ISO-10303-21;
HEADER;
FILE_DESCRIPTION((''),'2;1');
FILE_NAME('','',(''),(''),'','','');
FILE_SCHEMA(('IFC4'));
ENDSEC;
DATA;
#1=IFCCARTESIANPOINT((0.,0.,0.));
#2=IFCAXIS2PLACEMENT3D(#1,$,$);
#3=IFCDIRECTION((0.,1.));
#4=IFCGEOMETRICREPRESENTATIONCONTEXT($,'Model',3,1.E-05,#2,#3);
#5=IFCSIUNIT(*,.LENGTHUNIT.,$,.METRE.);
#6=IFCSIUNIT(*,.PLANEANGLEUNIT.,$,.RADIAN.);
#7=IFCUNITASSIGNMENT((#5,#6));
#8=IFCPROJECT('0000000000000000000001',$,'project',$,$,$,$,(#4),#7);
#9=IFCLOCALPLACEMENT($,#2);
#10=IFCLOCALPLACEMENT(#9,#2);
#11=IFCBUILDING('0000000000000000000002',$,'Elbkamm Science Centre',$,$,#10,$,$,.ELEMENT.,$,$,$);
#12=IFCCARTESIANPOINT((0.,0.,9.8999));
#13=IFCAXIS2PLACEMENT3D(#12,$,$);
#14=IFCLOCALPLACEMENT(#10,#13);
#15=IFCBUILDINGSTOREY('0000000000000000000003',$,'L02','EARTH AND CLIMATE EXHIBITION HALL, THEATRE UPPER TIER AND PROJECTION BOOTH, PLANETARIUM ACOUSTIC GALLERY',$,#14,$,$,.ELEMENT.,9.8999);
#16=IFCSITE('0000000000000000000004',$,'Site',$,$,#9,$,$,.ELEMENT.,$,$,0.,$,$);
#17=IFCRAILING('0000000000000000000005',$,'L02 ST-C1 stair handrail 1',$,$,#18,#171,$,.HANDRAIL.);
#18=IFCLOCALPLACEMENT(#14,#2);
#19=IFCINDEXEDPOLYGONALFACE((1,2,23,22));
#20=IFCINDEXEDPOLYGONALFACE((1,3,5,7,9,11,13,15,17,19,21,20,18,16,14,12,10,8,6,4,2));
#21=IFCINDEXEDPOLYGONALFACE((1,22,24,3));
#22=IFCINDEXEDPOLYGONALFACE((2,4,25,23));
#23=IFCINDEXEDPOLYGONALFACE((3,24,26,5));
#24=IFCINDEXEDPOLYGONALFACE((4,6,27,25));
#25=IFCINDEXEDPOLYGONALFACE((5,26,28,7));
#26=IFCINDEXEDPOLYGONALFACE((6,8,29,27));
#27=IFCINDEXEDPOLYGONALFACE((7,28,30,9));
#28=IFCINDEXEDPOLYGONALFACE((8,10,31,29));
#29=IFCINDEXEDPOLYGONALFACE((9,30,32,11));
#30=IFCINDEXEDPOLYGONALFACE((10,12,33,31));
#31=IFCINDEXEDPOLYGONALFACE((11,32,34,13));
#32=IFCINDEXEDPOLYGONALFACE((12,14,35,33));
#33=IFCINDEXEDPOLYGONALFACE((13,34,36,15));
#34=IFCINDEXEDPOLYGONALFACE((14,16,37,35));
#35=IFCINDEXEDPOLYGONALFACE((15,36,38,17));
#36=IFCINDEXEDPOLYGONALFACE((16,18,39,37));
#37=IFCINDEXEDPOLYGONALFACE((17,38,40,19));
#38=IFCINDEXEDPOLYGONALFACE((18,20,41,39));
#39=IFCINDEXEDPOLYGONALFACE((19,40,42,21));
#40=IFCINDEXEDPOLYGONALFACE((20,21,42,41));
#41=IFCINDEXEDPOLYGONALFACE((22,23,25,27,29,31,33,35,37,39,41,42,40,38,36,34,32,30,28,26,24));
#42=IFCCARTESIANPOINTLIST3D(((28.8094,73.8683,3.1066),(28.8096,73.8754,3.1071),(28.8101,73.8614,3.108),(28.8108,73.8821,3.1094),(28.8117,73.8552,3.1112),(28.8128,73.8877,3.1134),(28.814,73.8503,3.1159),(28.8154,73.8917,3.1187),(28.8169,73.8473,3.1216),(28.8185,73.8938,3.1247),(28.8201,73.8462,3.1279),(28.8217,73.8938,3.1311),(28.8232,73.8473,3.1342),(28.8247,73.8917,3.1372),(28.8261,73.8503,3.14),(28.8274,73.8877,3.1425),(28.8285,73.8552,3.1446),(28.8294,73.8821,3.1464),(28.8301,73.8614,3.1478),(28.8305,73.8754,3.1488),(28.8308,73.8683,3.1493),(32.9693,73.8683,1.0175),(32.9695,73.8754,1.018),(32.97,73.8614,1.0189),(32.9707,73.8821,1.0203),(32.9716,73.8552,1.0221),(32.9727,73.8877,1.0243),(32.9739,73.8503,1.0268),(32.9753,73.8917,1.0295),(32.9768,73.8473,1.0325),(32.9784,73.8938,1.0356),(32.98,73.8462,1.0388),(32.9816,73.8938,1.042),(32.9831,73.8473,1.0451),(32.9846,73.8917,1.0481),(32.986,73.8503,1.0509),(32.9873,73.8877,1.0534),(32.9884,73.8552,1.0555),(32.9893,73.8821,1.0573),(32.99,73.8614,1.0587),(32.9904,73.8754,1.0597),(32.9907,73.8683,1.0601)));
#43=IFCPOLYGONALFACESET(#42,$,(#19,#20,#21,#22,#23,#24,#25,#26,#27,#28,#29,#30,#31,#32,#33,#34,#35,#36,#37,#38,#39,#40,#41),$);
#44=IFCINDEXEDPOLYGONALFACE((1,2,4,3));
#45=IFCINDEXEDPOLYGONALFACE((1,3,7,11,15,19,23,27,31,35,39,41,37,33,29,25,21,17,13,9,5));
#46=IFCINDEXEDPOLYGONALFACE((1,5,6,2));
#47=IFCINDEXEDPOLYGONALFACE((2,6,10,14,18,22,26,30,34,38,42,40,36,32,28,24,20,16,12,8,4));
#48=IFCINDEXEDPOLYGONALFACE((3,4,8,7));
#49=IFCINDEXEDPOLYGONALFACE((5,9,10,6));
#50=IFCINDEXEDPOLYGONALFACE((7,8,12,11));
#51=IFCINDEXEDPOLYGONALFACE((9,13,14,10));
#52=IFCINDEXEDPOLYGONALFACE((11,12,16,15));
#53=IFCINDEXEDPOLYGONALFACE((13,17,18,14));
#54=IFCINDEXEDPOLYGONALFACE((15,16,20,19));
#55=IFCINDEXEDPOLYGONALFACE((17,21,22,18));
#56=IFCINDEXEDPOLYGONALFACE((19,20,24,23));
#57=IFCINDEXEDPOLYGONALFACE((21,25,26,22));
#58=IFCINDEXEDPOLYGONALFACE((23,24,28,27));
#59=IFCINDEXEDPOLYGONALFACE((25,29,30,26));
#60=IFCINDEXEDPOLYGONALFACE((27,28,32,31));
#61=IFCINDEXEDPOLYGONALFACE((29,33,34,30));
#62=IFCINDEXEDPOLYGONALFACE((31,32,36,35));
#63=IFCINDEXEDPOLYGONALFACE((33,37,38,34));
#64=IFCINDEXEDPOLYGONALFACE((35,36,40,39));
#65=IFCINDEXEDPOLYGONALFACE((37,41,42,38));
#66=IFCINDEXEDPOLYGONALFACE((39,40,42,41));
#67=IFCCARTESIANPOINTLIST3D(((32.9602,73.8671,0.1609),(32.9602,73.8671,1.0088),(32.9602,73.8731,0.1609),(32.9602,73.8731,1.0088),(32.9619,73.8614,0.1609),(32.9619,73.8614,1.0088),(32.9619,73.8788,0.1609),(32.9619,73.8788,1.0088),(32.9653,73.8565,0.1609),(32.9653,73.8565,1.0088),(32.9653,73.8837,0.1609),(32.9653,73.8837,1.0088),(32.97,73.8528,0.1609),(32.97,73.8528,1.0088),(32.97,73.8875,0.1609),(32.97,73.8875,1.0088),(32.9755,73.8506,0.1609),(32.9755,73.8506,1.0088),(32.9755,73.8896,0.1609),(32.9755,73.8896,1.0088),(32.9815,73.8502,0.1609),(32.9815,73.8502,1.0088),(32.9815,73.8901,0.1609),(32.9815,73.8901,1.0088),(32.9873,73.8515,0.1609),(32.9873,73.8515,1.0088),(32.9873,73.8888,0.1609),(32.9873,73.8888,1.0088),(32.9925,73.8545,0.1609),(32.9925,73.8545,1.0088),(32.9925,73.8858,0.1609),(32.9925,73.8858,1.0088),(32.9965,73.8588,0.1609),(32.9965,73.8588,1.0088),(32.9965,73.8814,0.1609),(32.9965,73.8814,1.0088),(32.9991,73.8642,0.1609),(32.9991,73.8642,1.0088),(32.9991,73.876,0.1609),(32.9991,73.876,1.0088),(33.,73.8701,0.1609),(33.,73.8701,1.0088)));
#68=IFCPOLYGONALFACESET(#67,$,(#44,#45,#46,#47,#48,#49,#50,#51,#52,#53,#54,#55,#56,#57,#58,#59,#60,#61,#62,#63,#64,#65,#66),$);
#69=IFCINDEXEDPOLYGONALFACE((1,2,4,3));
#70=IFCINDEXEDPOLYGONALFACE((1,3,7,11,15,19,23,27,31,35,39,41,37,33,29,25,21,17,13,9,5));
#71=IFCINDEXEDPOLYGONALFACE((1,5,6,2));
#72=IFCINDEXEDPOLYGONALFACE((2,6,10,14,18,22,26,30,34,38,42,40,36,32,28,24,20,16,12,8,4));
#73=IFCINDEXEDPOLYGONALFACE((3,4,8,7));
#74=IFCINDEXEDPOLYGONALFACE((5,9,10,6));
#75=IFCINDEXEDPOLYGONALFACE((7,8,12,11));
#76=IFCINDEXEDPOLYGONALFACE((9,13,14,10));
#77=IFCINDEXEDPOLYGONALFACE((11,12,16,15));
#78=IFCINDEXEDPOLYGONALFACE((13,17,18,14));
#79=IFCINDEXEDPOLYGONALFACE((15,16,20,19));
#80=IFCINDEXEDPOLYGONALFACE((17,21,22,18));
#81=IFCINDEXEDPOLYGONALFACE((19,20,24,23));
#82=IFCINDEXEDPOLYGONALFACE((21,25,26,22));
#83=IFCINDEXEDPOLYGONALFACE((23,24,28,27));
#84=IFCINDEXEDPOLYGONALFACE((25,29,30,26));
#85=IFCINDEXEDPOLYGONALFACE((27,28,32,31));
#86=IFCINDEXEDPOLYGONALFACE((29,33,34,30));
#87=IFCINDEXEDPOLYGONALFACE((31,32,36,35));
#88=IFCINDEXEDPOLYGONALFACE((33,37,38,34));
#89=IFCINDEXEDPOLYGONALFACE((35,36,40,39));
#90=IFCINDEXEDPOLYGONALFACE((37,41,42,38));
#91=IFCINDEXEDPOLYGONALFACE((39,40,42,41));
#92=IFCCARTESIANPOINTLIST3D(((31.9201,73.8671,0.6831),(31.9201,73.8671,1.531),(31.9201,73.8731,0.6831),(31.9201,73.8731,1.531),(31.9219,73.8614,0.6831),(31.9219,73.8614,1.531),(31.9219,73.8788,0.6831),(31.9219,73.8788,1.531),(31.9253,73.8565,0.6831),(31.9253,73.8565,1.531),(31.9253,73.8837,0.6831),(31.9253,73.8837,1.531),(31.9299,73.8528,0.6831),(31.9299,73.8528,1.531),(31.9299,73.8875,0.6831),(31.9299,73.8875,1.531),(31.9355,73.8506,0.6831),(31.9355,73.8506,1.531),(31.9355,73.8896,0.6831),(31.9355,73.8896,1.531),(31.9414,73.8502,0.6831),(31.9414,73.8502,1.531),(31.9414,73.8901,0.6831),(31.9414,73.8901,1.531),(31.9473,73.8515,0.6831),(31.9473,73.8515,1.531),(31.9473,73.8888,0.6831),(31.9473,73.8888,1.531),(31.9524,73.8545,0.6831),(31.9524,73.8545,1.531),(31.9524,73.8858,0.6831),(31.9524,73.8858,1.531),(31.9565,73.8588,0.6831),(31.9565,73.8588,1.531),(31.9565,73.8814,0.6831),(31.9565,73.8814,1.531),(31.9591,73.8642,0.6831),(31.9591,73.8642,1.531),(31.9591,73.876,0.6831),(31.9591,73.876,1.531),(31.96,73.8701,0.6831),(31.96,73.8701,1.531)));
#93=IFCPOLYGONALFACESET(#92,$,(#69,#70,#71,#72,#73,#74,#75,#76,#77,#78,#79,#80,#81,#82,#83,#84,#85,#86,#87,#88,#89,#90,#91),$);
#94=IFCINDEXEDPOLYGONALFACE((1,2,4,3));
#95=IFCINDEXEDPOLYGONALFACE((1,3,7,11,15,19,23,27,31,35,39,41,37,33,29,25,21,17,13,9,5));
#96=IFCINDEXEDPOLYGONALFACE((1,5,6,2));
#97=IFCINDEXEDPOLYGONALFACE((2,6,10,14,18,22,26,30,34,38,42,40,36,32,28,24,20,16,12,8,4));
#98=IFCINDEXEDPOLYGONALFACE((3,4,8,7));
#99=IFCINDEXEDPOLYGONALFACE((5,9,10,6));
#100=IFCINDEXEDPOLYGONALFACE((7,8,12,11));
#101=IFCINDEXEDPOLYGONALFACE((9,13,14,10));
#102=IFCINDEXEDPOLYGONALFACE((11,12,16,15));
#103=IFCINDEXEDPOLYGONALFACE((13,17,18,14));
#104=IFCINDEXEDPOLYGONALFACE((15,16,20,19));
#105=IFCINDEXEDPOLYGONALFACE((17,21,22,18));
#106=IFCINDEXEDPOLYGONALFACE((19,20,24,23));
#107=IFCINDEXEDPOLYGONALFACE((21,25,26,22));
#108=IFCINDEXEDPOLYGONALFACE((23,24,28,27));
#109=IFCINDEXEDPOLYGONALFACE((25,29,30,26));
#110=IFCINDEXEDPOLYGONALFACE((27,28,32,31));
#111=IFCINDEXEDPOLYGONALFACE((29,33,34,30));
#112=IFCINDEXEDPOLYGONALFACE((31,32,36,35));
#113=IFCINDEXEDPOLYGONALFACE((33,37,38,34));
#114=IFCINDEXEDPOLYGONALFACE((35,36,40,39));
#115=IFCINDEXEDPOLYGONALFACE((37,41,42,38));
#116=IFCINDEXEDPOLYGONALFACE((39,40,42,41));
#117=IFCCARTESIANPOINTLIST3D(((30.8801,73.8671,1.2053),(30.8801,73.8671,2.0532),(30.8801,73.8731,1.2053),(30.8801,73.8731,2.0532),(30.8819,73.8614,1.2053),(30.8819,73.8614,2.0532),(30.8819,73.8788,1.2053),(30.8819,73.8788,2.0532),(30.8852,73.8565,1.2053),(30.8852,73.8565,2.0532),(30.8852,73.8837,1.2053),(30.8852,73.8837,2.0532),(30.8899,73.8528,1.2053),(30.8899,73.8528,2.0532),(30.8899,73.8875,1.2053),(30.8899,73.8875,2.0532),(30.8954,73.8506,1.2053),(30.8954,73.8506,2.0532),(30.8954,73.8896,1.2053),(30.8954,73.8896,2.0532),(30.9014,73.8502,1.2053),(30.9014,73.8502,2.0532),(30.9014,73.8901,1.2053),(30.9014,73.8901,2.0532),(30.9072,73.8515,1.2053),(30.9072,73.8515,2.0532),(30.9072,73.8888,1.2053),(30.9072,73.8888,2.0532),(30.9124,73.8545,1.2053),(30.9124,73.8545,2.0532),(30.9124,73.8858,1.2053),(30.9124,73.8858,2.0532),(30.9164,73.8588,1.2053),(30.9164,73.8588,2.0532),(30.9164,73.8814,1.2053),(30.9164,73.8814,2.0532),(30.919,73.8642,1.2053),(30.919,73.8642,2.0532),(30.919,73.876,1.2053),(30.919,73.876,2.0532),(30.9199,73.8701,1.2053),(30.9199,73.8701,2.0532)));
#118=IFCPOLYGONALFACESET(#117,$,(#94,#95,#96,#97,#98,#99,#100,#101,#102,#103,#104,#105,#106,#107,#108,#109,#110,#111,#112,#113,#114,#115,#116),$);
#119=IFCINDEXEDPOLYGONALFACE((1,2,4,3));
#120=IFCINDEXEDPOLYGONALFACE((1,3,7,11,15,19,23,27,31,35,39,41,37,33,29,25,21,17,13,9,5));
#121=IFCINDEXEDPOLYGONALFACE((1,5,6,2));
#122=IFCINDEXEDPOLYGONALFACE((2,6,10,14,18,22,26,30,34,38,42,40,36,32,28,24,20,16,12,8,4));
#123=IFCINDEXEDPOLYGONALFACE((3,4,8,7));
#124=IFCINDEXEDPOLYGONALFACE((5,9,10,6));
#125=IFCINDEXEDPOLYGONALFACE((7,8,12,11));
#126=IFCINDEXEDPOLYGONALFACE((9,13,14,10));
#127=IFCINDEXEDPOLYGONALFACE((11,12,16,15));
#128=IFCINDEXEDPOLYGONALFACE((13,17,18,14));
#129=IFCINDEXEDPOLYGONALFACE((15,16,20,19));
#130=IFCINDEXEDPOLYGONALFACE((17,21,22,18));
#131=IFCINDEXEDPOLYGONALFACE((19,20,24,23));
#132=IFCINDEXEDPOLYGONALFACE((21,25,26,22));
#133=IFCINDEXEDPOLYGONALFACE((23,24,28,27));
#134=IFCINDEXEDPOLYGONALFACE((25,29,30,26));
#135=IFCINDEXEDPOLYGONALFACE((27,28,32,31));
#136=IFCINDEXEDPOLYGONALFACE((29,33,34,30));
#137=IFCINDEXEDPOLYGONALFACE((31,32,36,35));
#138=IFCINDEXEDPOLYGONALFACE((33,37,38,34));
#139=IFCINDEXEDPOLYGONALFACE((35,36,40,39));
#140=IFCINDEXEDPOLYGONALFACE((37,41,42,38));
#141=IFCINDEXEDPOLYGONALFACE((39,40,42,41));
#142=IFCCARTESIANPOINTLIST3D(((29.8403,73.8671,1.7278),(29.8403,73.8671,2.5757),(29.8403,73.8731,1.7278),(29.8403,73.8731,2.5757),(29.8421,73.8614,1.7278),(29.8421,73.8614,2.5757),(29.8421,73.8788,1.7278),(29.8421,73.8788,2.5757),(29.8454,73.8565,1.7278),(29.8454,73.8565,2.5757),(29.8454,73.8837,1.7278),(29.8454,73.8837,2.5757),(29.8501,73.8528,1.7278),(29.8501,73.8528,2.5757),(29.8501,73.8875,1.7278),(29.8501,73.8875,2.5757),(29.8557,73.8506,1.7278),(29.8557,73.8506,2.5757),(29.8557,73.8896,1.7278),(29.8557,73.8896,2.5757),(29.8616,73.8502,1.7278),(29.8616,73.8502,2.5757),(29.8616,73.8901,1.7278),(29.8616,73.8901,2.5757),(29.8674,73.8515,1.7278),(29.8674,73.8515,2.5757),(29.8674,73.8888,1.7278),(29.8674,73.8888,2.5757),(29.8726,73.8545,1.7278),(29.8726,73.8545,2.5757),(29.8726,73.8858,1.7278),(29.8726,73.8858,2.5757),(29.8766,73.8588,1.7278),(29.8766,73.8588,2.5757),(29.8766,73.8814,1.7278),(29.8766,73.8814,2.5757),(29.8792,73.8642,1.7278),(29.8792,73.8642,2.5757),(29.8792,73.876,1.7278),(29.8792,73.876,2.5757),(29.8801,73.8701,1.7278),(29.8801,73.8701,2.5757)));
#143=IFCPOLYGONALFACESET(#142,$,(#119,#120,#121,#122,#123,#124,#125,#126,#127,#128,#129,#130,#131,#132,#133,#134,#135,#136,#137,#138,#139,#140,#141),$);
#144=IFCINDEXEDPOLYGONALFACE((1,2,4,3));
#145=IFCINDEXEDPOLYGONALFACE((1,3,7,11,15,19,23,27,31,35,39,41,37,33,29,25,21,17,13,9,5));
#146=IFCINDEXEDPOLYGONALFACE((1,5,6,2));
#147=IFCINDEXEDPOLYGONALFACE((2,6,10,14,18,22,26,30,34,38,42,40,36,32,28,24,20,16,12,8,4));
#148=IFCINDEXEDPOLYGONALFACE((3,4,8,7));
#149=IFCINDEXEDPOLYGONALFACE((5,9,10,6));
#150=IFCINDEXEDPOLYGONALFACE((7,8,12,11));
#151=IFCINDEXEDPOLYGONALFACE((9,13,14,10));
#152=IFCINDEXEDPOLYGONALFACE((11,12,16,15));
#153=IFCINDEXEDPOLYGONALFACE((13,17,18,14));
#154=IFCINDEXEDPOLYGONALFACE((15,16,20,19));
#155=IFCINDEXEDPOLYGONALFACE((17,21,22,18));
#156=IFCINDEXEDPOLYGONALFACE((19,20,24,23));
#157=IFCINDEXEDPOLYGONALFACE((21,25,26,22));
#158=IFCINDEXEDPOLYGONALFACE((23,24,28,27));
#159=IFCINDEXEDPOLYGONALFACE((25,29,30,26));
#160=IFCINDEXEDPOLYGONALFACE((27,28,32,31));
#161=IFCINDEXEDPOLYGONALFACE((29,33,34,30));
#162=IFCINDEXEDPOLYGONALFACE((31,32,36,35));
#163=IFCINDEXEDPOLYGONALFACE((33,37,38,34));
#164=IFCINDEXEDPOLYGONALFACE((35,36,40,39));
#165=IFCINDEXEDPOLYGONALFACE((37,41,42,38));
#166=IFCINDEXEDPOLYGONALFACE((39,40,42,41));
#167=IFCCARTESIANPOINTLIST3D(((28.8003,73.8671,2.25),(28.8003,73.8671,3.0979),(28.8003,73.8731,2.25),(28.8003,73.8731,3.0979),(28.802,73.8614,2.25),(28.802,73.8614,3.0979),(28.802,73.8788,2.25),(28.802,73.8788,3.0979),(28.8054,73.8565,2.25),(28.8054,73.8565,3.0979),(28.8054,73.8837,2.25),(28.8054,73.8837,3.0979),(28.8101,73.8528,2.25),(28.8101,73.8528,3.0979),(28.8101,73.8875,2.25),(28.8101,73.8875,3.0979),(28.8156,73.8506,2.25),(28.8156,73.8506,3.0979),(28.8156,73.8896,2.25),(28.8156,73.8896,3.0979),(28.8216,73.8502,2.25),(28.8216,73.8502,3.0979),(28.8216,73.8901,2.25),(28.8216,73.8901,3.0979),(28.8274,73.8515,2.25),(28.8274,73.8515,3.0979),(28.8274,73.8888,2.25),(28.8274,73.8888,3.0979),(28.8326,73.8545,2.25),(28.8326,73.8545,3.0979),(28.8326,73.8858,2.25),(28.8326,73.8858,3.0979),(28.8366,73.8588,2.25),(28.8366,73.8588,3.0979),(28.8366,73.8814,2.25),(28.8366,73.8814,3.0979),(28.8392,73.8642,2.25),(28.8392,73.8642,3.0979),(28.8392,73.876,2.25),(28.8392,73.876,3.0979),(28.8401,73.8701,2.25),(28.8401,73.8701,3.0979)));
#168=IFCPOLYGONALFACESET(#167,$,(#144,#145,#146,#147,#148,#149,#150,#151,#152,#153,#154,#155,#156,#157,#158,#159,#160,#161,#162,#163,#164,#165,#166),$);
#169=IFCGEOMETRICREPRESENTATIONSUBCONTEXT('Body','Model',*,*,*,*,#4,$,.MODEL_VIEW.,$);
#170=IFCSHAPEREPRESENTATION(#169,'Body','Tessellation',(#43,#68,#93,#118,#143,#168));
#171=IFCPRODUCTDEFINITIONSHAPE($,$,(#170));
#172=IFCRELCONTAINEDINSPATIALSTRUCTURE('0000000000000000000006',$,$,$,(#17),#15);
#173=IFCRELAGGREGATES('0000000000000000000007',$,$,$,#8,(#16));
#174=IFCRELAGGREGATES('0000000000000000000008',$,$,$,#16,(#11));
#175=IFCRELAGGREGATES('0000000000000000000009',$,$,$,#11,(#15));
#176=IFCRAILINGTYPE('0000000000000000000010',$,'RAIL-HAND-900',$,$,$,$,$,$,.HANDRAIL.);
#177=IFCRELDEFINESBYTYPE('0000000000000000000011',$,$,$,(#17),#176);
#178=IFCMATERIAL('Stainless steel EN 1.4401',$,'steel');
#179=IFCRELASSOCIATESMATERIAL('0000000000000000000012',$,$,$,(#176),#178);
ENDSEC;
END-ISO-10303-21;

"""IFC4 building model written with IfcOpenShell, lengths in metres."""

from ifc_helpers import new_model, si_unit, direction, frame, origin, origin_2d, place, context, subcontext, project, spatial, circle, extrude, material, type_object, element, save


model = new_model("IFC4")

# Units and contexts
model_context = context("Model", 3, precision=1e-05, world=origin(), true_north=direction((0.0, 1.0)))
body_context = subcontext(model_context, "Body", "Model", "MODEL_VIEW")
ifc_project = project(units=[si_unit("LENGTHUNIT", "METRE"), si_unit("PLANEANGLEUNIT", "RADIAN")], contexts=[model_context])

# Site, building, storey
site_placement = place(None, origin())
site = spatial("IfcSite", under=ifc_project, at=site_placement, Name="Site", CompositionType="ELEMENT", RefElevation=0.0)
building_placement = place(site_placement, origin())
building = spatial("IfcBuilding", under=site, at=building_placement, Name="Elbkamm Science Centre", CompositionType="ELEMENT")
storey_placement = place(building_placement, frame((0.0, 0.0, 9.8999)))
storey = spatial("IfcBuildingStorey", under=building, at=storey_placement, Name="L02", Description="EARTH AND CLIMATE EXHIBITION HALL, THEATRE UPPER TIER AND PROJECTION BOOTH, PLANETARIUM ACOUSTIC GALLERY", CompositionType="ELEMENT", Elevation=9.8999)

# Railing
ifc_material_1 = material(Name="Stainless steel EN 1.4401", Category="steel")
railing_type_1 = type_object("IfcRailingType", Name="RAIL-HAND-900", PredefinedType="HANDRAIL", material=ifc_material_1)
railing_1_placement = place(storey_placement, frame((32.98, 73.8701, 0.1609)))
element("IfcRailing", 1, at=railing_1_placement, inside=storey, type_object=railing_type_1, Name="L02 ST-C1 stair handrail 1", PredefinedType="HANDRAIL", context=body_context, shape_type="SweptSolid", body=[
    extrude(circle(Radius=0.0239, at=origin_2d()), frame((0.0, 0.0, 0.8779), z_axis=(-0.893639, 0.0, 0.448786), x_axis=(0.0, -1.0, 0.0)), (0.0, 0.0, 1.0), 4.655),
    extrude(circle(Radius=0.02, at=origin_2d()), origin(), (0.0, 0.0, 1.0), 0.8479),
    extrude(circle(Radius=0.02, at=origin_2d()), frame((-1.04, 0.0, 0.5222)), (0.0, 0.0, 1.0), 0.8479),
    extrude(circle(Radius=0.02, at=origin_2d()), frame((-2.0801, 0.0, 1.0444)), (0.0, 0.0, 1.0), 0.8479),
    extrude(circle(Radius=0.02, at=origin_2d()), frame((-3.1199, 0.0, 1.5669)), (0.0, 0.0, 1.0), 0.8479),
    extrude(circle(Radius=0.02, at=origin_2d()), frame((-4.1599, 0.0, 2.0891)), (0.0, 0.0, 1.0), 0.8479),
])

save(model, "model.ifc")
